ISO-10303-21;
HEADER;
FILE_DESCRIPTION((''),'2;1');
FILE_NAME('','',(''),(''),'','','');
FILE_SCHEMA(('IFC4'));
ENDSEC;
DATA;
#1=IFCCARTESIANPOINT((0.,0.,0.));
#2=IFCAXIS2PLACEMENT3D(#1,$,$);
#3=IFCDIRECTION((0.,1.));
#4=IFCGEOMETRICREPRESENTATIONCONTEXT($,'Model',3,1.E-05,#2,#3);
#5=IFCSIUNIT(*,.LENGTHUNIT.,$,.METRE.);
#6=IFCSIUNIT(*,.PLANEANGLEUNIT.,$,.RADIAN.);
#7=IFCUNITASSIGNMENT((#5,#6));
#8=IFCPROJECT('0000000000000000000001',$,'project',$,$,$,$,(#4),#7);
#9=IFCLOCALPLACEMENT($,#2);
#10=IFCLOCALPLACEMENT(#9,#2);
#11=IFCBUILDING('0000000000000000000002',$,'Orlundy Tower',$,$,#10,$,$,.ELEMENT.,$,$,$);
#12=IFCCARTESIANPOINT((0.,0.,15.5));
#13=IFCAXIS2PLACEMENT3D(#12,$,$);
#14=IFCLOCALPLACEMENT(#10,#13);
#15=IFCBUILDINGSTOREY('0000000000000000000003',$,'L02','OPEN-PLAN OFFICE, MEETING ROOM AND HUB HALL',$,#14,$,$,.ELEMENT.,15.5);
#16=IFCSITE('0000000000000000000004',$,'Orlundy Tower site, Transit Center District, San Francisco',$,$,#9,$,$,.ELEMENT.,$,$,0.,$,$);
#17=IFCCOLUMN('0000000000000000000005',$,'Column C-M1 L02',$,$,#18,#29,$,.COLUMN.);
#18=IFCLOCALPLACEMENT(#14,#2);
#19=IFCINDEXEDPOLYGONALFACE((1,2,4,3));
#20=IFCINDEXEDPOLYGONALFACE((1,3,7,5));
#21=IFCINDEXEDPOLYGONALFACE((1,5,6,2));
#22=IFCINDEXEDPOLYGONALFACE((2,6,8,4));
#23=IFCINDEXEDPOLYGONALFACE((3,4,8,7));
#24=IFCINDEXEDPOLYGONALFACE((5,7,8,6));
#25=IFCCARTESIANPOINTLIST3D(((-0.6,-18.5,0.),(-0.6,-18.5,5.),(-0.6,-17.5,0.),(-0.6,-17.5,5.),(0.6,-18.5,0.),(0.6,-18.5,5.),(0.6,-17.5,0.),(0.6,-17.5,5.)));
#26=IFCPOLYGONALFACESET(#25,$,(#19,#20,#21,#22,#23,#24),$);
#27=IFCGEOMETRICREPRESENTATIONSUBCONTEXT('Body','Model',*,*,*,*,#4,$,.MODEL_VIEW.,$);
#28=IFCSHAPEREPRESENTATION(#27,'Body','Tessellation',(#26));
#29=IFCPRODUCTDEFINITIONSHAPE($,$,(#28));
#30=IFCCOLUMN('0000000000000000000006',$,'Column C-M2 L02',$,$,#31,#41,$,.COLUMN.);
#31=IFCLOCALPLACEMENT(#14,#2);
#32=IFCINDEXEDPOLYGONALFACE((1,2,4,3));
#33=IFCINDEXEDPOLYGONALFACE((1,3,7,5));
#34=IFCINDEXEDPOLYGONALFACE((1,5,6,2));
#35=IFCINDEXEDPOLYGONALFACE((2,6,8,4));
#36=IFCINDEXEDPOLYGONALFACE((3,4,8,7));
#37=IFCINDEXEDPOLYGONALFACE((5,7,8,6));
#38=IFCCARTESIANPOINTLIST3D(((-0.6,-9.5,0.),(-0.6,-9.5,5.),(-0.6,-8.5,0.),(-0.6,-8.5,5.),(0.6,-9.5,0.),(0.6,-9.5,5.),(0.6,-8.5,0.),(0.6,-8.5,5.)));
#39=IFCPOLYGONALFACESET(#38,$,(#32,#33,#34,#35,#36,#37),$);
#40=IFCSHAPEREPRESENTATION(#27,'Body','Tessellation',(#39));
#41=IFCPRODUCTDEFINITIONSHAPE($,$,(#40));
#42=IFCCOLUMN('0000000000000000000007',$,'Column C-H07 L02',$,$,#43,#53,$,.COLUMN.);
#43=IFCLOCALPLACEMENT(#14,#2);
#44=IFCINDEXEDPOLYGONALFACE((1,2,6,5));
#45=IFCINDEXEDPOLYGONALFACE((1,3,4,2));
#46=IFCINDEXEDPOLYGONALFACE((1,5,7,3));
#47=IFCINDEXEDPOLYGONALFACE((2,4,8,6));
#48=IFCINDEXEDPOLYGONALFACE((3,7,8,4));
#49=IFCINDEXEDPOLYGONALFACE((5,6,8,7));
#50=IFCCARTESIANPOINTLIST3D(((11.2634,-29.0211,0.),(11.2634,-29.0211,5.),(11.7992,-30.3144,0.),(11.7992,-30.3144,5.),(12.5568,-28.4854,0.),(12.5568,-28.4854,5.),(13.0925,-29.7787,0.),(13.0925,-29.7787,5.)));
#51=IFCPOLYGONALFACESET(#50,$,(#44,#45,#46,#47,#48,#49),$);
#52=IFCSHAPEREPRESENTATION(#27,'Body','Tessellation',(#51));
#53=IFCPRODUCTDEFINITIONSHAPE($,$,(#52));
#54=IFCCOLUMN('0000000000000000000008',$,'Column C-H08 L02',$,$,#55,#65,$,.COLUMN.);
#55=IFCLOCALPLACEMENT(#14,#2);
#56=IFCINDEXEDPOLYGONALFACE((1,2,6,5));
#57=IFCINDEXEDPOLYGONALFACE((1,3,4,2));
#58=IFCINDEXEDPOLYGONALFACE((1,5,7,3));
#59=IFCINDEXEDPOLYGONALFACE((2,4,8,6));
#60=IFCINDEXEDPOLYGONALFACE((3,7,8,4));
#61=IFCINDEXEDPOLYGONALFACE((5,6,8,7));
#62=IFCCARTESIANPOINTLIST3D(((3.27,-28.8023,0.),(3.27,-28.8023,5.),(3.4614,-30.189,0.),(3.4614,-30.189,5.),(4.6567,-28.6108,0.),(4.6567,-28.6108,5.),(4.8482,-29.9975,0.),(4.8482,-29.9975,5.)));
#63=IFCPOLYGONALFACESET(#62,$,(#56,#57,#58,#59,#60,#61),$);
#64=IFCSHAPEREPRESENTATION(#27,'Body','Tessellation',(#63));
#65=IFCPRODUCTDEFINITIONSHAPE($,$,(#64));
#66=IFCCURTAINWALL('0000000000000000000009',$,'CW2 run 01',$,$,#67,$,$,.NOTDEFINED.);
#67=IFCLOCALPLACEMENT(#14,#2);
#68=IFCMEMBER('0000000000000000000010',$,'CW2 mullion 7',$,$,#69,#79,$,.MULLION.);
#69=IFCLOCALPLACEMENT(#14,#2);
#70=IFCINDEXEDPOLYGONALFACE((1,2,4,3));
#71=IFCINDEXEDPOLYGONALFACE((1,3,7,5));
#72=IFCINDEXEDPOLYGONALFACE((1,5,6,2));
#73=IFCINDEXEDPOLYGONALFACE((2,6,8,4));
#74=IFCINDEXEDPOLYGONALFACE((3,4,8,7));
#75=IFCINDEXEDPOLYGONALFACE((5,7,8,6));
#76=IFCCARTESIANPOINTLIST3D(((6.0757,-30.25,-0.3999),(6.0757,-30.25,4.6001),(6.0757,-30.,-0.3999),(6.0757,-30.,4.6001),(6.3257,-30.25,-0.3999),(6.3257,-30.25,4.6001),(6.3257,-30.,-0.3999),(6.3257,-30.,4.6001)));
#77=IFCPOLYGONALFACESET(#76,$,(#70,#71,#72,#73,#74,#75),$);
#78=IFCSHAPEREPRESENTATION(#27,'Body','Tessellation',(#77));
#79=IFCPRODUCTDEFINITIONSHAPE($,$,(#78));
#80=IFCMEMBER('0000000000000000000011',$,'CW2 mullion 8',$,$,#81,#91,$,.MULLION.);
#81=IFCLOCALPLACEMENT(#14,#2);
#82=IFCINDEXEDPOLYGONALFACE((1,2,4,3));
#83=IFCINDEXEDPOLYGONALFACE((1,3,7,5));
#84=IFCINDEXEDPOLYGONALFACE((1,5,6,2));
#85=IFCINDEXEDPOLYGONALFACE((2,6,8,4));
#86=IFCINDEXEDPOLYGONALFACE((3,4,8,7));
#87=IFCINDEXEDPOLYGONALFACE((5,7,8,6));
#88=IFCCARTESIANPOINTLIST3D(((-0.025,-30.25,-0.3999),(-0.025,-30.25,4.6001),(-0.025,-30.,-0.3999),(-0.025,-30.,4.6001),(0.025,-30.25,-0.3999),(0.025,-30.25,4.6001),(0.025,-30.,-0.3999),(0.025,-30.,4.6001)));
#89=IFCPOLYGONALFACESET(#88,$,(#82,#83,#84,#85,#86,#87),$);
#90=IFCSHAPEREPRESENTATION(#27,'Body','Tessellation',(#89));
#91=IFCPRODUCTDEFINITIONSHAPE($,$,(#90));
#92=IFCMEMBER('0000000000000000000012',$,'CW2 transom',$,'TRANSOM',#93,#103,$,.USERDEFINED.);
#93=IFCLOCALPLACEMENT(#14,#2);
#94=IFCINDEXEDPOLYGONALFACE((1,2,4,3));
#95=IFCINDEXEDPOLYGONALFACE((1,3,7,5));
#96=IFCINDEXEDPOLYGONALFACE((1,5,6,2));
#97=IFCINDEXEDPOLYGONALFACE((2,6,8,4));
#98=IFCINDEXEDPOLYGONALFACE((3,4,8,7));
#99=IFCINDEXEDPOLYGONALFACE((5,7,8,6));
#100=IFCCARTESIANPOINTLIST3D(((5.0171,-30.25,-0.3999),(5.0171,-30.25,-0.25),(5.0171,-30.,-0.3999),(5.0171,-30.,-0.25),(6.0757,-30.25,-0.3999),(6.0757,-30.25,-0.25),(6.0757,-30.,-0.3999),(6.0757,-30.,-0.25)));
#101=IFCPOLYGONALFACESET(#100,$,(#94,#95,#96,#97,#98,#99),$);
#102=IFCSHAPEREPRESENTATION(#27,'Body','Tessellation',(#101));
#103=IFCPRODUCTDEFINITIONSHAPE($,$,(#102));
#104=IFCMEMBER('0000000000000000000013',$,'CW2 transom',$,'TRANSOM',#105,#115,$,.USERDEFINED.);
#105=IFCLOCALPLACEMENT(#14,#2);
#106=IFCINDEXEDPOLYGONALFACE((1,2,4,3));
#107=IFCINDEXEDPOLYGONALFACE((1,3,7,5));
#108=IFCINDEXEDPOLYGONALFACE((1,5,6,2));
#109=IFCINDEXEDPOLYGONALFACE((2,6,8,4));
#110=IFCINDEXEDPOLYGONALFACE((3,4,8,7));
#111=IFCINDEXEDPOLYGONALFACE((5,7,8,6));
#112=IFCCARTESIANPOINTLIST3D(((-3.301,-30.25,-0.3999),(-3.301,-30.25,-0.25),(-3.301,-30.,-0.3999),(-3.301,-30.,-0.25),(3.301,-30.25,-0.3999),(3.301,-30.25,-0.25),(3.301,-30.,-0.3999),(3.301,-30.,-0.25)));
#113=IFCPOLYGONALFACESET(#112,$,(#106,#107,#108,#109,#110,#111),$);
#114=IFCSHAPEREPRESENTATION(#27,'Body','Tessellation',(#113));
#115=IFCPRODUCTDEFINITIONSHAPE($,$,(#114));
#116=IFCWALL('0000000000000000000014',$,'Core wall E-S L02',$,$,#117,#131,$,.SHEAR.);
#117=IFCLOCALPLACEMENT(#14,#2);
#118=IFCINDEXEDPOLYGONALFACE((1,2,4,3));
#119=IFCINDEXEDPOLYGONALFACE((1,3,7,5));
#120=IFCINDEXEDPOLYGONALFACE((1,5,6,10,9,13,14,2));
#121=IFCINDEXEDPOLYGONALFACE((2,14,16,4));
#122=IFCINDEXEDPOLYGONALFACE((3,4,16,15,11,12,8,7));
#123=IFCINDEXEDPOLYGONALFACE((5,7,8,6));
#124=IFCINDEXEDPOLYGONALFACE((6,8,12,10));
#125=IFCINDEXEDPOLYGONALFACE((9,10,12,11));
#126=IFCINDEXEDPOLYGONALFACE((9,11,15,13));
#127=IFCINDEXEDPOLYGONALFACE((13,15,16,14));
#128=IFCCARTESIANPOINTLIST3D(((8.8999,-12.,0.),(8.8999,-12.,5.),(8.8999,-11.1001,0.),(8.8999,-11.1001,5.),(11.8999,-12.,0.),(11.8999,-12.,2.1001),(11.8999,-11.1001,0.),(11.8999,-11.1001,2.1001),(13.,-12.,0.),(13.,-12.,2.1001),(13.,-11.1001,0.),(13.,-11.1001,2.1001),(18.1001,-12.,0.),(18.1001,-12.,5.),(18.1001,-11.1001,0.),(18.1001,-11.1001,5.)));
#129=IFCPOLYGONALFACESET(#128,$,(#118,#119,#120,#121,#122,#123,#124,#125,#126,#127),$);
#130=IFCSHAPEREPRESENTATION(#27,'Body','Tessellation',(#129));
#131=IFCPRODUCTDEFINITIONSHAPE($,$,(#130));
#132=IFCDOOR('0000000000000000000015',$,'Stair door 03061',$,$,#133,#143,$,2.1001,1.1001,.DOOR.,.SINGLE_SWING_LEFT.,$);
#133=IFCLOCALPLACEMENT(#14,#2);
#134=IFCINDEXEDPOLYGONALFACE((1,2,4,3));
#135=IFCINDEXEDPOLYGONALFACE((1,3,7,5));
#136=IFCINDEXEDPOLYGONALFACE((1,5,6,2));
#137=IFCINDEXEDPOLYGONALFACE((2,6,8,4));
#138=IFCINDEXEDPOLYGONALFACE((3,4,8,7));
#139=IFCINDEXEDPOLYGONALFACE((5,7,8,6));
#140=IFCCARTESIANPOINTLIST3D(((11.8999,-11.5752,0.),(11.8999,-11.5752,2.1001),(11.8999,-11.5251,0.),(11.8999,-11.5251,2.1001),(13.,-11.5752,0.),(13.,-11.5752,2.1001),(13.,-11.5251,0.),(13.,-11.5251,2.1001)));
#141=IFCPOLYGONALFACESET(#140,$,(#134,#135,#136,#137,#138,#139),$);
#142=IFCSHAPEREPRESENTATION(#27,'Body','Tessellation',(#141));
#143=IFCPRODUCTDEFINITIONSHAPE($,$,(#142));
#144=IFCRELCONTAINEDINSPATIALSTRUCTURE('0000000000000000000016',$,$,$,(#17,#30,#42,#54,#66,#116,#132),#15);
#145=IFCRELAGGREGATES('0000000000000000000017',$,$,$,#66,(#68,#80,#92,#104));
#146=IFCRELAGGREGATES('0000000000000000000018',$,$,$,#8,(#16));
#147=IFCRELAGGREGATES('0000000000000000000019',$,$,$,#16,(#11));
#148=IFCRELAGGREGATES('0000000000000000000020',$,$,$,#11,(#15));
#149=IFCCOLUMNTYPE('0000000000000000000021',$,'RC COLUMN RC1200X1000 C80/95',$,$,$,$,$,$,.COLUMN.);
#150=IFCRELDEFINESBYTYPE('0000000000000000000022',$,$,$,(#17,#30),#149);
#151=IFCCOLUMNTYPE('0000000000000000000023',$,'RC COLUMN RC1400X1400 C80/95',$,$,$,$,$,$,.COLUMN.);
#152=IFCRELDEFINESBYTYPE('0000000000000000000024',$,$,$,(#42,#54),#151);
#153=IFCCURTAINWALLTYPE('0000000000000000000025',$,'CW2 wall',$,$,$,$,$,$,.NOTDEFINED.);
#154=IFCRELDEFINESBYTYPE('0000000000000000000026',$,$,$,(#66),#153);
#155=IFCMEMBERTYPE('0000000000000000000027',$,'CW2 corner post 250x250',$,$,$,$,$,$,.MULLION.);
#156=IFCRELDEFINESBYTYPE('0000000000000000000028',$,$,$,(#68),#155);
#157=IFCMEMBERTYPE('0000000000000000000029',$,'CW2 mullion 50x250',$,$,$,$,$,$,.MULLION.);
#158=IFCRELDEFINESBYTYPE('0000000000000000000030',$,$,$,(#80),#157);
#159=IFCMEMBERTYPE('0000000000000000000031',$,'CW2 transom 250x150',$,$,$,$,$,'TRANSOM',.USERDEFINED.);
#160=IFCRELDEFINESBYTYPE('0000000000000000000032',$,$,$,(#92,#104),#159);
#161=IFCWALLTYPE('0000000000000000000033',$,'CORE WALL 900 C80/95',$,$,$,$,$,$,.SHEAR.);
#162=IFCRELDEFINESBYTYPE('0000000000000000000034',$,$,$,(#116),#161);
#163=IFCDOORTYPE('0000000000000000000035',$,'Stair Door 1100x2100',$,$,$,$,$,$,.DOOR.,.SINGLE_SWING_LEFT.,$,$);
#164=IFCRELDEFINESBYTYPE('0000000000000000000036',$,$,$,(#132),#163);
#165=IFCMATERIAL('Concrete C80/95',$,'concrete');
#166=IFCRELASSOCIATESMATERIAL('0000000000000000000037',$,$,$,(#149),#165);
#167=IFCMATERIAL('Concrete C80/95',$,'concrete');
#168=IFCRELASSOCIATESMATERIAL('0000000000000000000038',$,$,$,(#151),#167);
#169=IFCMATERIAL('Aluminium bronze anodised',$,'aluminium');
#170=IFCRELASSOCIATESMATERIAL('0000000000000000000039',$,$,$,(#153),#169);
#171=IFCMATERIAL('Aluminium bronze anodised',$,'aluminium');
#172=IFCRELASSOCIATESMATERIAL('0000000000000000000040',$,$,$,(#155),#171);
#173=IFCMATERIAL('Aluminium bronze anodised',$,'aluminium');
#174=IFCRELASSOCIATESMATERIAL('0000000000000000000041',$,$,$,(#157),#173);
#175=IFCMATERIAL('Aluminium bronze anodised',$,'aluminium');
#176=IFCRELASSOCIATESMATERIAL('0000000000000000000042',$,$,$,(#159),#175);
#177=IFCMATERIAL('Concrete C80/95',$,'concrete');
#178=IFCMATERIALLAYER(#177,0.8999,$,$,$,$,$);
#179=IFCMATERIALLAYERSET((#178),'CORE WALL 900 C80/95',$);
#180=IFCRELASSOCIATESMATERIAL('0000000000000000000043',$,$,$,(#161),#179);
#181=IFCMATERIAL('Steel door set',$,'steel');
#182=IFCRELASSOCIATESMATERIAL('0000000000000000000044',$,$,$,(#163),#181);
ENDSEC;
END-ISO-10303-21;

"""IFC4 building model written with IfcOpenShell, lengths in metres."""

from ifc_helpers import new_model, si_unit, direction, frame, frame_2d, origin, origin_2d, place, context, subcontext, project, spatial, rectangle, extrude, material, layer, layer_set, material_profile, profile_set, type_object, element, fill, aggregate, save


model = new_model("IFC4")

# Units and contexts
model_context = context("Model", 3, precision=1e-05, world=origin(), true_north=direction((0.0, 1.0)))
body_context = subcontext(model_context, "Body", "Model", "MODEL_VIEW")
ifc_project = project(units=[si_unit("LENGTHUNIT", "METRE"), si_unit("PLANEANGLEUNIT", "RADIAN")], contexts=[model_context])

# Site, building, storey
site_placement = place(None, origin())
site = spatial("IfcSite", under=ifc_project, at=site_placement, Name="Orlundy Tower site, Transit Center District, San Francisco", CompositionType="ELEMENT", RefElevation=0.0)
building_placement = place(site_placement, origin())
building = spatial("IfcBuilding", under=site, at=building_placement, Name="Orlundy Tower", CompositionType="ELEMENT")
storey_placement = place(building_placement, frame((0.0, 0.0, 15.5)))
storey = spatial("IfcBuildingStorey", under=building, at=storey_placement, Name="L02", Description="OPEN-PLAN OFFICE, MEETING ROOM AND HUB HALL", CompositionType="ELEMENT", Elevation=15.5)

# Columns
ifc_material_1 = material(Name="Concrete C80/95", Category="concrete")
ifc_material_profile_1 = material_profile(ifc_material_1, rectangle(XDim=1.2, YDim=1.0, at=origin_2d()), Name="RC1200X1000")
ifc_profile_set_1 = profile_set([ifc_material_profile_1], Name="Concrete C80/95")
column_type_1 = type_object("IfcColumnType", Name="RC COLUMN RC1200X1000 C80/95", PredefinedType="COLUMN", material=ifc_profile_set_1)
for number, where, z_axis, x_axis, name in (
    (1, (0.0, -18.0, 0.0), (0.0, 0.0, 1.0), (1.0, 0.0, 0.0), "Column C-M1 L02"),
    (2, (0.0, -9.0, 0.0), (0.0, 0.0, 1.0), (1.0, 0.0, 0.0), "Column C-M2 L02"),
):
    element("IfcColumn", number, at=place(storey_placement, frame(where, z_axis=z_axis, x_axis=x_axis)), inside=storey, type_object=column_type_1, Name=name, PredefinedType="COLUMN", context=body_context, shape_type="SweptSolid", body=[
        extrude(rectangle(XDim=1.2, YDim=1.0, at=origin_2d()), origin(), (0.0, 0.0, 1.0), 5.0),
    ])
ifc_material_2 = material(Name="Concrete C80/95", Category="concrete")
ifc_material_profile_2 = material_profile(ifc_material_2, rectangle(XDim=1.3999, YDim=1.3999, at=origin_2d()), Name="RC1400X1400")
ifc_profile_set_2 = profile_set([ifc_material_profile_2], Name="Concrete C80/95")
column_type_2 = type_object("IfcColumnType", Name="RC COLUMN RC1400X1400 C80/95", PredefinedType="COLUMN", material=ifc_profile_set_2)
for number, where, z_axis, x_axis, name in (
    (3, (12.178, -29.3999, 0.0), (0.0, 0.0, 1.0), (0.382683, -0.92388, 0.0), "Column C-H07 L02"),
    (4, (4.0591, -29.3999, 0.0), (0.0, 0.0, 1.0), (0.13677, -0.990603, 0.0), "Column C-H08 L02"),
):
    element("IfcColumn", number, at=place(storey_placement, frame(where, z_axis=z_axis, x_axis=x_axis)), inside=storey, type_object=column_type_2, Name=name, PredefinedType="COLUMN", context=body_context, shape_type="SweptSolid", body=[
        extrude(rectangle(XDim=1.3999, YDim=1.3999, at=origin_2d()), origin(), (0.0, 0.0, 1.0), 5.0),
    ])

# Curtain wall, members
ifc_material_3 = material(Name="Aluminium bronze anodised", Category="aluminium")
curtain_wall_type = type_object("IfcCurtainWallType", Name="CW2 wall", PredefinedType="NOTDEFINED", material=ifc_material_3)
curtain_wall_placement = place(storey_placement, origin())
curtain_wall = element("IfcCurtainWall", 5, at=curtain_wall_placement, inside=storey, type_object=curtain_wall_type, Name="CW2 run 01", PredefinedType="NOTDEFINED")
ifc_material_4 = material(Name="Aluminium bronze anodised", Category="aluminium")
ifc_material_profile_3 = material_profile(ifc_material_4, rectangle(XDim=0.25, YDim=0.25, at=origin_2d()), Name="CW2 corner post 250x250")
ifc_profile_set_3 = profile_set([ifc_material_profile_3], Name="Aluminium bronze anodised")
member_type_1 = type_object("IfcMemberType", Name="CW2 corner post 250x250", PredefinedType="MULLION", material=ifc_profile_set_3)
member_1_placement = place(storey_placement, frame((6.2007, -30.125, -0.3999), z_axis=(0.0, 0.0, 1.0), x_axis=(0.0, -1.0, 0.0)))
member_1 = element("IfcMember", 6, at=member_1_placement, type_object=member_type_1, Name="CW2 mullion 7", PredefinedType="MULLION", context=body_context, shape_type="SweptSolid", body=[
    extrude(rectangle(XDim=0.25, YDim=0.25, at=origin_2d()), origin(), (0.0, 0.0, 1.0), 5.0),
])
ifc_material_5 = material(Name="Aluminium bronze anodised", Category="aluminium")
ifc_material_profile_4 = material_profile(ifc_material_5, rectangle(XDim=0.25, YDim=0.05, at=origin_2d()), Name="CW2 mullion 50x250")
ifc_profile_set_4 = profile_set([ifc_material_profile_4], Name="Aluminium bronze anodised")
member_type_2 = type_object("IfcMemberType", Name="CW2 mullion 50x250", PredefinedType="MULLION", material=ifc_profile_set_4)
member_2_placement = place(storey_placement, frame((0.0, -30.125, -0.3999), z_axis=(0.0, 0.0, 1.0), x_axis=(0.0, -1.0, 0.0)))
member_2 = element("IfcMember", 7, at=member_2_placement, type_object=member_type_2, Name="CW2 mullion 8", PredefinedType="MULLION", context=body_context, shape_type="SweptSolid", body=[
    extrude(rectangle(XDim=0.25, YDim=0.05, at=origin_2d()), origin(), (0.0, 0.0, 1.0), 5.0),
])
ifc_material_6 = material(Name="Aluminium bronze anodised", Category="aluminium")
ifc_material_profile_5 = material_profile(ifc_material_6, rectangle(XDim=0.25, YDim=0.1499, at=origin_2d()), Name="CW2 transom 250x150")
ifc_profile_set_5 = profile_set([ifc_material_profile_5], Name="Aluminium bronze anodised")
member_type_3 = type_object("IfcMemberType", Name="CW2 transom 250x150", ElementType="TRANSOM", PredefinedType="USERDEFINED", material=ifc_profile_set_5)
member_3_placement = place(storey_placement, frame((6.0757, -30.125, -0.325), z_axis=(-1.0, 0.0, 0.0), x_axis=(0.0, -1.0, 0.0)))
member_3 = element("IfcMember", 8, at=member_3_placement, type_object=member_type_3, Name="CW2 transom", ObjectType="TRANSOM", PredefinedType="USERDEFINED", context=body_context, shape_type="SweptSolid", body=[
    extrude(rectangle(XDim=0.25, YDim=0.1499, at=origin_2d()), origin(), (0.0, 0.0, 1.0), 1.0586),
])
member_4_placement = place(storey_placement, frame((3.301, -30.125, -0.325), z_axis=(-1.0, 0.0, 0.0), x_axis=(0.0, -1.0, 0.0)))
member_4 = element("IfcMember", 9, at=member_4_placement, type_object=member_type_3, Name="CW2 transom", ObjectType="TRANSOM", PredefinedType="USERDEFINED", context=body_context, shape_type="SweptSolid", body=[
    extrude(rectangle(XDim=0.25, YDim=0.1499, at=origin_2d()), origin(), (0.0, 0.0, 1.0), 6.6021),
])
aggregate(curtain_wall, [member_1, member_2, member_3, member_4])

# Wall, opening, door
ifc_material_7 = material(Name="Concrete C80/95", Category="concrete")
ifc_layer_1 = layer(ifc_material_7, 0.8999)
ifc_layer_set_1 = layer_set([ifc_layer_1], Name="CORE WALL 900 C80/95")
wall_type_1 = type_object("IfcWallType", Name="CORE WALL 900 C80/95", PredefinedType="SHEAR", material=ifc_layer_set_1)
wall_1_placement = place(storey_placement, frame((8.8999, -11.55, 0.0), z_axis=(0.0, 0.0, 1.0), x_axis=(1.0, 0.0, 0.0)))
wall_1 = element("IfcWall", 10, at=wall_1_placement, inside=storey, type_object=wall_type_1, Name="Core wall E-S L02", PredefinedType="SHEAR", context=body_context, shape_type="SweptSolid", body=[
    extrude(rectangle(XDim=9.2002, YDim=0.8999, at=frame_2d((4.6001, 0.0))), origin(), (0.0, 0.0, 1.0), 5.0),
])
opening_1_placement = place(wall_1_placement, frame((3.0, 0.0, 0.0)))
opening_1 = element("IfcOpeningElement", 11, at=opening_1_placement, cuts=wall_1, PredefinedType="OPENING", context=body_context, shape_type="SweptSolid", body=[
    extrude(rectangle(XDim=1.1001, YDim=2.1001, at=frame_2d((0.55, 1.05))), frame((0.0, 0.46, 0.0), z_axis=(0.0, -1.0, 0.0), x_axis=(1.0, 0.0, 0.0)), (0.0, 0.0, 1.0), 0.9199),
])
ifc_material_8 = material(Name="Steel door set", Category="steel")
door_type_1 = type_object("IfcDoorType", Name="Stair Door 1100x2100", OperationType="SINGLE_SWING_LEFT", PredefinedType="DOOR", material=ifc_material_8)
door_1_placement = place(opening_1_placement, origin())
door_1 = element("IfcDoor", 12, at=door_1_placement, inside=storey, type_object=door_type_1, Name="Stair door 03061", OperationType="SINGLE_SWING_LEFT", OverallHeight=2.1001, OverallWidth=1.1001, PredefinedType="DOOR", context=body_context, shape_type="SweptSolid", body=[
    extrude(rectangle(XDim=1.1001, YDim=2.1001, at=frame_2d((0.55, 1.05))), frame((0.0, 0.0249, 0.0), z_axis=(0.0, -1.0, 0.0), x_axis=(1.0, 0.0, 0.0)), (0.0, 0.0, 1.0), 0.05),
])
fill(opening_1, door_1)

save(model, "model.ifc")
